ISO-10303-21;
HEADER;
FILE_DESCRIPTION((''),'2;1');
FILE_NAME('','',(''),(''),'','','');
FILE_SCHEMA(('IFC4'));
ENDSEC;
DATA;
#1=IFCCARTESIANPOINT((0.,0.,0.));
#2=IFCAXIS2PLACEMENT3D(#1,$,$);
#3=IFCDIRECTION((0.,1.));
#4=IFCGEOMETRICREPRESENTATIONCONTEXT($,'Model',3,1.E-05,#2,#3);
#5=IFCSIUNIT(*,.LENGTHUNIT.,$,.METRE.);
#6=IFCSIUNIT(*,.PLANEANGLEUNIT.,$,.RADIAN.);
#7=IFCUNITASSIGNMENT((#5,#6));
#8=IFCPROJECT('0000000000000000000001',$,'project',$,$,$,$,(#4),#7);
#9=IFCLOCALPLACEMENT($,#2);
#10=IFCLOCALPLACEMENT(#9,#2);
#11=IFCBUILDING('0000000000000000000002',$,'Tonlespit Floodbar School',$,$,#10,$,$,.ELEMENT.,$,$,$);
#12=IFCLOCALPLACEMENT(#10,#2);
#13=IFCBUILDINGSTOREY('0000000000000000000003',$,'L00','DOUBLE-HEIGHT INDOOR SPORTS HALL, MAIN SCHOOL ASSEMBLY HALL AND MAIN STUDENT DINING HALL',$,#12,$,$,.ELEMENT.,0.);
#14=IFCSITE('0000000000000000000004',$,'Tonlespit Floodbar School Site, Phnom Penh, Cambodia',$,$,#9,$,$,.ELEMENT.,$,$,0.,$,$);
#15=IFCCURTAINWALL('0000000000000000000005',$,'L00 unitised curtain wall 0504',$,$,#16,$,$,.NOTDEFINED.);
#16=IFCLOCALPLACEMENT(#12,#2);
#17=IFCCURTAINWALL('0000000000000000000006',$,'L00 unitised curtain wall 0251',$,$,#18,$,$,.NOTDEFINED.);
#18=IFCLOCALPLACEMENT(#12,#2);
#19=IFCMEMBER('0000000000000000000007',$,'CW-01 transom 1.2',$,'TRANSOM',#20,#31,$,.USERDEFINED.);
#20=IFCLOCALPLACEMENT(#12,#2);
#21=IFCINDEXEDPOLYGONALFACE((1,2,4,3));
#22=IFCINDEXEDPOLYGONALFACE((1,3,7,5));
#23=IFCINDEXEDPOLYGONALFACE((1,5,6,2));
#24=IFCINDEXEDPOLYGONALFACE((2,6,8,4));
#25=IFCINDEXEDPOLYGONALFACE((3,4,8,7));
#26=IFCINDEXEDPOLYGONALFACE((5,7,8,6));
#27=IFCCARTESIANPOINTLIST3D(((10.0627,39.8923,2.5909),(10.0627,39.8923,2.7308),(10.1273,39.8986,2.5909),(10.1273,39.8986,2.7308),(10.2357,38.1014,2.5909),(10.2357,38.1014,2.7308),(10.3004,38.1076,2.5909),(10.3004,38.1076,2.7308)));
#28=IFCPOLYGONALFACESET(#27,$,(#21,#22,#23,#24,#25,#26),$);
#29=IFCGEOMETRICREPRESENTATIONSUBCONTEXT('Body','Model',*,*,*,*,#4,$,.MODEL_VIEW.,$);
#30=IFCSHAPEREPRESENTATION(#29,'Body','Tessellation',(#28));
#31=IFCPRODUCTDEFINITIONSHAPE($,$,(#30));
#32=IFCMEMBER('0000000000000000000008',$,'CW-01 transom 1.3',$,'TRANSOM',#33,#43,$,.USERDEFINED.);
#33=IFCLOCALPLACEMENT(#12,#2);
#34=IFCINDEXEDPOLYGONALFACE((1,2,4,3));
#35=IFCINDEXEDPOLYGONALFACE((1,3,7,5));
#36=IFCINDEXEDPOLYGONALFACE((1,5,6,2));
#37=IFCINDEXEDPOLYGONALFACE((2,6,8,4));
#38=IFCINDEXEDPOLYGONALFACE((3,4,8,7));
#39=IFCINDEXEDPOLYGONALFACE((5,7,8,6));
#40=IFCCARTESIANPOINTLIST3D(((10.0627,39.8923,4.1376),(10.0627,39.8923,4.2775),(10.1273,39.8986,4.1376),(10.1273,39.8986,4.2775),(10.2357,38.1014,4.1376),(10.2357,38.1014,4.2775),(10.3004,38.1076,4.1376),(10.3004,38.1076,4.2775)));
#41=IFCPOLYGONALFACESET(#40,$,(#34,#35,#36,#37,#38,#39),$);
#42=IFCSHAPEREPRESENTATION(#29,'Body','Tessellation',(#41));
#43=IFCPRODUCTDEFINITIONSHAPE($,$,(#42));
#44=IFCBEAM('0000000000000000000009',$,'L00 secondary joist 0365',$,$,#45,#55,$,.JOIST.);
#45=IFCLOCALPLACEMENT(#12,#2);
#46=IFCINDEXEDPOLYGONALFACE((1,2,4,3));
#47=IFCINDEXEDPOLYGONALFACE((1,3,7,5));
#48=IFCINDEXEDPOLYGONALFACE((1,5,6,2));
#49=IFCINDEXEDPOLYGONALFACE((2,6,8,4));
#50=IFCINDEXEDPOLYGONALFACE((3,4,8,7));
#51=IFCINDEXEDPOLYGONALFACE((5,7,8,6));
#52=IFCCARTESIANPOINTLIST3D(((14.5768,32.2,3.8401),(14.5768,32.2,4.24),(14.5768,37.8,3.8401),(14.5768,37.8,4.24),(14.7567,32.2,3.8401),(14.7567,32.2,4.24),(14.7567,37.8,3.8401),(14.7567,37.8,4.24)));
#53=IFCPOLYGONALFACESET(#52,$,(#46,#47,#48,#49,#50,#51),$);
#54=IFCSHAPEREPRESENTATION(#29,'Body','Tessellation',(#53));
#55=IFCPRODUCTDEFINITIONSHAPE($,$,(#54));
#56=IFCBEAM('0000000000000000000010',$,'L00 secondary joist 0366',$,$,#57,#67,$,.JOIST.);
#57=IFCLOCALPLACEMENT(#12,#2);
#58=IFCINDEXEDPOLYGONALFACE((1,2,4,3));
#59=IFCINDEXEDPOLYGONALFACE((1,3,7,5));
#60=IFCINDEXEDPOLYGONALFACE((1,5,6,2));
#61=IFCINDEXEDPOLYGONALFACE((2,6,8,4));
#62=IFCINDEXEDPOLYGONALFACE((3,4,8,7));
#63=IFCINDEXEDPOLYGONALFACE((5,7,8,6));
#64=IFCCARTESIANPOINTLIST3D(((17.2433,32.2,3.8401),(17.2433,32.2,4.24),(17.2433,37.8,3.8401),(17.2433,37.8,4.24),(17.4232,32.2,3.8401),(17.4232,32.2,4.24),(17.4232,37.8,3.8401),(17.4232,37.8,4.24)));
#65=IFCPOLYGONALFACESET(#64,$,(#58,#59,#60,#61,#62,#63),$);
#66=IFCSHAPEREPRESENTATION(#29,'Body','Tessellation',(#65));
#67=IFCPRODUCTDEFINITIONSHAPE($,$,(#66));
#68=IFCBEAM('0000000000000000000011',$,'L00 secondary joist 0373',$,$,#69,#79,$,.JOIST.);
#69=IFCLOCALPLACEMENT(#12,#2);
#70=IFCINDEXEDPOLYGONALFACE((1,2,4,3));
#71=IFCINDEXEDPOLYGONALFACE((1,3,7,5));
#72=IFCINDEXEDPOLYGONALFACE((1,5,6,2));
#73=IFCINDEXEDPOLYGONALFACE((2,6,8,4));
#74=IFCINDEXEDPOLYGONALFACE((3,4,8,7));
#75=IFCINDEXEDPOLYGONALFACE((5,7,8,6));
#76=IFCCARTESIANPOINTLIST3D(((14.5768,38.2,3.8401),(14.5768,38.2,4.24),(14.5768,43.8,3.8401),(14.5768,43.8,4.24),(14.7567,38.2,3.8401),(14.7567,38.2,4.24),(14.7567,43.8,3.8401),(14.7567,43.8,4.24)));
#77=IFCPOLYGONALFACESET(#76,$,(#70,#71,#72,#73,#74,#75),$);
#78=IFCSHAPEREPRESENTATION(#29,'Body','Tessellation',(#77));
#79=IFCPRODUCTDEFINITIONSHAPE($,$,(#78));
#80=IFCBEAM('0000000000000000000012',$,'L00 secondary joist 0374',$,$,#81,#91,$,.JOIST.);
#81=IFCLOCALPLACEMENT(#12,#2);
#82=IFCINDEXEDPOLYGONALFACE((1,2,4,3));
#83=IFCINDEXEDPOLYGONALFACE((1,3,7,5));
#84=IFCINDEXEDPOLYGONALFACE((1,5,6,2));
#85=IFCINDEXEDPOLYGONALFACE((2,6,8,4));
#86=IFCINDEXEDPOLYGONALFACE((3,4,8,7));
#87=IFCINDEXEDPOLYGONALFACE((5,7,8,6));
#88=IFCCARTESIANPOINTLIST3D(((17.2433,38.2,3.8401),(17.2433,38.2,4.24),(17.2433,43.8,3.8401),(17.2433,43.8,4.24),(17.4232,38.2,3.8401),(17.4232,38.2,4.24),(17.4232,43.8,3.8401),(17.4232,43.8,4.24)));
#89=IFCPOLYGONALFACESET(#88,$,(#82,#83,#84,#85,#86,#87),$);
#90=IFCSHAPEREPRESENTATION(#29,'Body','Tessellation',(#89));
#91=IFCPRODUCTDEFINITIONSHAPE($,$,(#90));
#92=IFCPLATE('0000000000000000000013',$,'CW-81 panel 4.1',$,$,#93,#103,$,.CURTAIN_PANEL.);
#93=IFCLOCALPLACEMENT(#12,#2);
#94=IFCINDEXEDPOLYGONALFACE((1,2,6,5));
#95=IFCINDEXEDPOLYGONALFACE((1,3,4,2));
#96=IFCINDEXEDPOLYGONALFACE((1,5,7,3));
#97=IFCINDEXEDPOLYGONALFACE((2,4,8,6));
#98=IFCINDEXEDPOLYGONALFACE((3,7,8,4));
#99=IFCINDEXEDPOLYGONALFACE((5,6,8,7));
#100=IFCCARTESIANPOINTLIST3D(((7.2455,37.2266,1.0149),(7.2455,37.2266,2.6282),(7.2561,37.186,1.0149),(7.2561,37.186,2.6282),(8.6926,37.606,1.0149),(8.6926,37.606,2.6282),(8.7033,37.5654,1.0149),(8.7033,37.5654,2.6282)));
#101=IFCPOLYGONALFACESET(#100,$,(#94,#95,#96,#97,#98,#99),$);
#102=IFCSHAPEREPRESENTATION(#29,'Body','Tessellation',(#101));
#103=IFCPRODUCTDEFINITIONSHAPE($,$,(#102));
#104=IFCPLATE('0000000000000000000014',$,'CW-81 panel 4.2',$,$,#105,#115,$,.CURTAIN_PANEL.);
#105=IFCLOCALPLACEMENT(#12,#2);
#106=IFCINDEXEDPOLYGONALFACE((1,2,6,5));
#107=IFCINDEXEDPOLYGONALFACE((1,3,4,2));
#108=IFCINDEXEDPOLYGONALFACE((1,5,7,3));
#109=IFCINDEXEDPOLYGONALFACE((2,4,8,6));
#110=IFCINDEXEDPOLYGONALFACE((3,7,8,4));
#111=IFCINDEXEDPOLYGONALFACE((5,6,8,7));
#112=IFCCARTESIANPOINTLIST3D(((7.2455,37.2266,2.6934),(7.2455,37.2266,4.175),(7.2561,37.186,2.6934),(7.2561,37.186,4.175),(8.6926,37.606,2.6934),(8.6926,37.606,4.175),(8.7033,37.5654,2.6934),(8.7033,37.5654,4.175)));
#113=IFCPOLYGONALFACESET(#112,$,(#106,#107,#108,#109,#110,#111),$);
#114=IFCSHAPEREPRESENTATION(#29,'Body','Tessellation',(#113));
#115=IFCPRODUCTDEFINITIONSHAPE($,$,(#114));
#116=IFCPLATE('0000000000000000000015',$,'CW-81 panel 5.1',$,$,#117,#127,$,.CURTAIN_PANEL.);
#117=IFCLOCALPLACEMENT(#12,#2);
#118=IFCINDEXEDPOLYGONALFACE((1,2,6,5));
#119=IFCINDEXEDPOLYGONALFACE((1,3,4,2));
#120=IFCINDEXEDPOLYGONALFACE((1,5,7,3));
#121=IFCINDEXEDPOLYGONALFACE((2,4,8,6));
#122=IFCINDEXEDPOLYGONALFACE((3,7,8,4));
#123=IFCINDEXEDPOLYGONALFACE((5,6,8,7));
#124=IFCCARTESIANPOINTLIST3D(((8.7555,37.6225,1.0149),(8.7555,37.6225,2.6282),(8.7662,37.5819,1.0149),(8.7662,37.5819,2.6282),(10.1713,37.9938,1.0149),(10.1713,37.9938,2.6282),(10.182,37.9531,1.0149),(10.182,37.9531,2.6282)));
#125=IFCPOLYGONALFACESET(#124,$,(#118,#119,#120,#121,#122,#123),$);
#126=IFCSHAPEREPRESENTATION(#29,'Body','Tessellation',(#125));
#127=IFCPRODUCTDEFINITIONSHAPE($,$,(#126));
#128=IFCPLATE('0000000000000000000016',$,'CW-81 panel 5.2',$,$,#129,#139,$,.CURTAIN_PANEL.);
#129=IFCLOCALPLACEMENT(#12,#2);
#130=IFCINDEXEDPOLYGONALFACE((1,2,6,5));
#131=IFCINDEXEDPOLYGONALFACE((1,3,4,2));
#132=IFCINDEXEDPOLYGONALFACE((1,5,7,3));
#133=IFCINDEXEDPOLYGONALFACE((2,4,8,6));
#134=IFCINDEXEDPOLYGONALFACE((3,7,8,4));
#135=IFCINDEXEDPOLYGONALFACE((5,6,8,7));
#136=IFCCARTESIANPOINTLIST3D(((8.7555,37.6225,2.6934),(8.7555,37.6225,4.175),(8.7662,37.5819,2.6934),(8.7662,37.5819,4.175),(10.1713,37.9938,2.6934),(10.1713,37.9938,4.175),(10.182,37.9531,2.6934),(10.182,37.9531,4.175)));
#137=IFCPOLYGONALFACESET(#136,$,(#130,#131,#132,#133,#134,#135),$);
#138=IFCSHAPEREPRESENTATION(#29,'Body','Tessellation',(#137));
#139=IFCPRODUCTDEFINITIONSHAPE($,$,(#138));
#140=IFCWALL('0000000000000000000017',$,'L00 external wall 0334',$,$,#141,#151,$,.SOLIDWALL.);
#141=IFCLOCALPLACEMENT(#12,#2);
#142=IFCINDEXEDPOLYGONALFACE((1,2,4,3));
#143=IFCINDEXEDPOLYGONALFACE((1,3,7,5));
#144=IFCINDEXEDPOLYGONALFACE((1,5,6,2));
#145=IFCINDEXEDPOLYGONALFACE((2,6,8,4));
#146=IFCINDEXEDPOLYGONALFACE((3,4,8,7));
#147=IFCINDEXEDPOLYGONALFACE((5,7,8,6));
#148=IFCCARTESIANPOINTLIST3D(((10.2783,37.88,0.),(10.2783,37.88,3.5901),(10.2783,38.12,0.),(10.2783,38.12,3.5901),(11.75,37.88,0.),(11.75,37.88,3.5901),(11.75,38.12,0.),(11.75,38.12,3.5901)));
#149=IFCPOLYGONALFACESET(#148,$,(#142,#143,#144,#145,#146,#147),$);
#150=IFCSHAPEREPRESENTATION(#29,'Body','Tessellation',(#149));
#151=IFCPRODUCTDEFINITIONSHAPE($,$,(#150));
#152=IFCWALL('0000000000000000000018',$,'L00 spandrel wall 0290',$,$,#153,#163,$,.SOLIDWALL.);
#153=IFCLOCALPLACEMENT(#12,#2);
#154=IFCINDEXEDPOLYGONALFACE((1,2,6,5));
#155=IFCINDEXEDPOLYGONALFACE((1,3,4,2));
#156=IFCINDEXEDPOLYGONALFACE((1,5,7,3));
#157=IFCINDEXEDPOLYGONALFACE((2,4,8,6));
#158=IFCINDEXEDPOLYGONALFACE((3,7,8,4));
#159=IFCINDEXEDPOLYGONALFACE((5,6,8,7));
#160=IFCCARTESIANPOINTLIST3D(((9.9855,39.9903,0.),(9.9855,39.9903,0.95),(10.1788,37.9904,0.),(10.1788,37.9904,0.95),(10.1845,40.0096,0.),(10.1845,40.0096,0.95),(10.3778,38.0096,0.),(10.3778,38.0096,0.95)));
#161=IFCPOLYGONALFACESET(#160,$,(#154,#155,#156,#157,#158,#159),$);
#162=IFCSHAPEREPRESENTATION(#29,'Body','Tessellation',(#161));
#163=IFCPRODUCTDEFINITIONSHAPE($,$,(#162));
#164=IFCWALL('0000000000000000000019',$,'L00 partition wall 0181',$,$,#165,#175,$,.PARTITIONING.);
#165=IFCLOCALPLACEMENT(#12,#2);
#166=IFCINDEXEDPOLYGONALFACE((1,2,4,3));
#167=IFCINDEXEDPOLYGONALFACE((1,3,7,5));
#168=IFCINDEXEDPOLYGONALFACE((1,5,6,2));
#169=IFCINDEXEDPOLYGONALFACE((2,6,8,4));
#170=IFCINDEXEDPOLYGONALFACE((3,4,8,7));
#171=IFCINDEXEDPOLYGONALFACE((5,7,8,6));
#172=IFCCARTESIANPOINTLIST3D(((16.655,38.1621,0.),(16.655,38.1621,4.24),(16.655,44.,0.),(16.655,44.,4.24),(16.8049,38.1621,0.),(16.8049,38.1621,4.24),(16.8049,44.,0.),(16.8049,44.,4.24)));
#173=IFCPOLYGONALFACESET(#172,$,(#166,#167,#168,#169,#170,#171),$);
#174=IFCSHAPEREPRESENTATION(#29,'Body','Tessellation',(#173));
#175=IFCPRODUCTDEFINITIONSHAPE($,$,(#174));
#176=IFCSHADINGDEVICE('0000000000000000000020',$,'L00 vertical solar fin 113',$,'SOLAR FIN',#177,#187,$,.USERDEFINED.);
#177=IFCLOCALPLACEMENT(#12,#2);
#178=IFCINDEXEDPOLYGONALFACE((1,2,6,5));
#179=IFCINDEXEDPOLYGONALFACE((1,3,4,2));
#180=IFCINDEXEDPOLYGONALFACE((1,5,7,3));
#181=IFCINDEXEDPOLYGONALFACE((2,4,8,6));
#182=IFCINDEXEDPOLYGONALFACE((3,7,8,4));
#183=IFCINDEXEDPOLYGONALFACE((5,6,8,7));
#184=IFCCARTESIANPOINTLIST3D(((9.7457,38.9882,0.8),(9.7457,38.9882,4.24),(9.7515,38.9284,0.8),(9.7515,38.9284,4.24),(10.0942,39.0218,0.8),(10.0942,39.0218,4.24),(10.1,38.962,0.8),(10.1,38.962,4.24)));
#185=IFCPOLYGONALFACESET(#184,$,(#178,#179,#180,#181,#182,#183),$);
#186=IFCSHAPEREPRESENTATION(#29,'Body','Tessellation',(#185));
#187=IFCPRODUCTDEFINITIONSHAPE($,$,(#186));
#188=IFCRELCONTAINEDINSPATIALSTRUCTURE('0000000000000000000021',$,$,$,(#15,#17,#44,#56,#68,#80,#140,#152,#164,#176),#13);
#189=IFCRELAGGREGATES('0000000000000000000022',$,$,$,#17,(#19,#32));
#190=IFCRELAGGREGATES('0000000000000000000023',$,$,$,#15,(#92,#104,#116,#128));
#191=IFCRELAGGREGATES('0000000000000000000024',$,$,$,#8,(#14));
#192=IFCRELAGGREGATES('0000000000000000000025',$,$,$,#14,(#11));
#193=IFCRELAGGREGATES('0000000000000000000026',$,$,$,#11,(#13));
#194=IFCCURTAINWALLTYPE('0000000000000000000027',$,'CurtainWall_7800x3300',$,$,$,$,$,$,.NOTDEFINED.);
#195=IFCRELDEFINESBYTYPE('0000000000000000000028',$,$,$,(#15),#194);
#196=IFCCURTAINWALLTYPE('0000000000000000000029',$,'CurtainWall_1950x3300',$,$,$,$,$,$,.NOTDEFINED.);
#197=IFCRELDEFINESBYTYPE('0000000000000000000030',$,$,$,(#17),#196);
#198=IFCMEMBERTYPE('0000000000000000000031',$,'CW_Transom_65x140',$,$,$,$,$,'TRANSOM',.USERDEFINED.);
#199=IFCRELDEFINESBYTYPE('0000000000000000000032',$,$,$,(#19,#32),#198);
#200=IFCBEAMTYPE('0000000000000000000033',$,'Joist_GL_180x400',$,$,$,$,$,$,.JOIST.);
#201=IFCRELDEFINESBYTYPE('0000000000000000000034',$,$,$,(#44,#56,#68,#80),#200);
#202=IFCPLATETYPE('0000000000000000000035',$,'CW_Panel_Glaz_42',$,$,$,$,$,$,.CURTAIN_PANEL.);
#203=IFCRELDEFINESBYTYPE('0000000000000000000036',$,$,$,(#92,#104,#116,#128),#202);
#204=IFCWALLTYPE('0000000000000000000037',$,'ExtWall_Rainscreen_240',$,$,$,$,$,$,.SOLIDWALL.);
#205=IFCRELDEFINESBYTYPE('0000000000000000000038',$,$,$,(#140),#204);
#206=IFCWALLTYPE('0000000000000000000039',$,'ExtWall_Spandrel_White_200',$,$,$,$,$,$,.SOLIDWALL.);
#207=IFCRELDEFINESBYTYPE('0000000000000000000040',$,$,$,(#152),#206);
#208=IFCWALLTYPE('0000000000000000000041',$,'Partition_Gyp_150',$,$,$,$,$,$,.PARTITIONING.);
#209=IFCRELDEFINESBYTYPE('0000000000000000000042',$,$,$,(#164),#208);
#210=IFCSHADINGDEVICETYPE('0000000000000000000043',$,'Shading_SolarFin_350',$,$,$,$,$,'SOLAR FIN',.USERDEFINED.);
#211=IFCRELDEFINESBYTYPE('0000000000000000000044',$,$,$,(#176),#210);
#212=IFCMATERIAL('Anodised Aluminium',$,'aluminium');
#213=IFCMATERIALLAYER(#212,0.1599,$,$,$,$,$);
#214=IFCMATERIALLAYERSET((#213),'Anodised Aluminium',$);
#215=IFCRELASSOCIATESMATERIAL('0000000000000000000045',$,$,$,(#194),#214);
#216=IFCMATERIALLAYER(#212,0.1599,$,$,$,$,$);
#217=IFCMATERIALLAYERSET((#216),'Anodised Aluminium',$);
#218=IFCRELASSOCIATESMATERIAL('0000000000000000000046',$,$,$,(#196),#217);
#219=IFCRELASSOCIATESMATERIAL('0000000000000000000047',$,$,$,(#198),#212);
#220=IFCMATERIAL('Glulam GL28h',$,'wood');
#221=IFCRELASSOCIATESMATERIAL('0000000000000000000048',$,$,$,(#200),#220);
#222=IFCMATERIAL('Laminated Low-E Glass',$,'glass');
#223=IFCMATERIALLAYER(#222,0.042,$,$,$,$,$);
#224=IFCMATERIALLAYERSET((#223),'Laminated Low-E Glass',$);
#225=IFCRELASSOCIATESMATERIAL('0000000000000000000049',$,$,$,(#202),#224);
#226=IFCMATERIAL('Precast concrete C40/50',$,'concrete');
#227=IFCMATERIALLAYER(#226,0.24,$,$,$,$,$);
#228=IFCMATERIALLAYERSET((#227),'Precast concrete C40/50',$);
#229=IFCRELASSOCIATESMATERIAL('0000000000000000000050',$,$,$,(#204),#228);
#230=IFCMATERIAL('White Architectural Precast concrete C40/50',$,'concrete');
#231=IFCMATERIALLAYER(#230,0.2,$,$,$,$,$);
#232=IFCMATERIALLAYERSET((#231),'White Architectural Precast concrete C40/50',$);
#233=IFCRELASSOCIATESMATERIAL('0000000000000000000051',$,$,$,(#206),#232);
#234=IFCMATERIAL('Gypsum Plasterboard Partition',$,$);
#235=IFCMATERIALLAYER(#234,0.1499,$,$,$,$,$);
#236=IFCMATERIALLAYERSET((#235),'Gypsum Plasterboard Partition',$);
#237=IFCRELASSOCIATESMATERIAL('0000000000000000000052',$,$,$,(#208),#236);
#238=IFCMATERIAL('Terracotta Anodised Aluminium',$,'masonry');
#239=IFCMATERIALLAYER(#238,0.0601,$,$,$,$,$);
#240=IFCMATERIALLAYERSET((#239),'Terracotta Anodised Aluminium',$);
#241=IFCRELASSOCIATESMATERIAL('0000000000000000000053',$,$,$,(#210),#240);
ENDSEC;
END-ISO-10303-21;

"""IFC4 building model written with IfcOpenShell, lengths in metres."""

from ifc_helpers import new_model, si_unit, direction, frame, frame_2d, origin, origin_2d, place, context, subcontext, project, spatial, rectangle, extrude, material, layer, layer_set, material_profile, profile_set, type_object, element, aggregate, save


model = new_model("IFC4")

# Units and contexts
model_context = context("Model", 3, precision=1e-05, world=origin(), true_north=direction((0.0, 1.0)))
body_context = subcontext(model_context, "Body", "Model", "MODEL_VIEW")
ifc_project = project(units=[si_unit("LENGTHUNIT", "METRE"), si_unit("PLANEANGLEUNIT", "RADIAN")], contexts=[model_context])

# Site, building, storey
site_placement = place(None, origin())
site = spatial("IfcSite", under=ifc_project, at=site_placement, Name="Tonlespit Floodbar School Site, Phnom Penh, Cambodia", CompositionType="ELEMENT", RefElevation=0.0)
building_placement = place(site_placement, origin())
building = spatial("IfcBuilding", under=site, at=building_placement, Name="Tonlespit Floodbar School", CompositionType="ELEMENT")
storey_placement = place(building_placement, origin())
storey = spatial("IfcBuildingStorey", under=building, at=storey_placement, Name="L00", Description="DOUBLE-HEIGHT INDOOR SPORTS HALL, MAIN SCHOOL ASSEMBLY HALL AND MAIN STUDENT DINING HALL", CompositionType="ELEMENT", Elevation=0.0)

# Curtain wall
ifc_material_1 = material(Name="Anodised Aluminium", Category="aluminium")
ifc_layer_1 = layer(ifc_material_1, 0.1599)
ifc_layer_set_1 = layer_set([ifc_layer_1], Name="Anodised Aluminium")
curtain_wall_type_1 = type_object("IfcCurtainWallType", Name="CurtainWall_7800x3300", PredefinedType="NOTDEFINED", material=ifc_layer_set_1)
curtain_wall_1_placement = place(storey_placement, origin())
curtain_wall_1 = element("IfcCurtainWall", 1, at=curtain_wall_1_placement, inside=storey, type_object=curtain_wall_type_1, Name="L00 unitised curtain wall 0504", PredefinedType="NOTDEFINED")

# Curtain wall
ifc_layer_2 = layer(ifc_material_1, 0.1599)
ifc_layer_set_2 = layer_set([ifc_layer_2], Name="Anodised Aluminium")
curtain_wall_type_2 = type_object("IfcCurtainWallType", Name="CurtainWall_1950x3300", PredefinedType="NOTDEFINED", material=ifc_layer_set_2)
curtain_wall_2_placement = place(storey_placement, origin())
curtain_wall_2 = element("IfcCurtainWall", 2, at=curtain_wall_2_placement, inside=storey, type_object=curtain_wall_type_2, Name="L00 unitised curtain wall 0251", PredefinedType="NOTDEFINED")

# Members
ifc_material_profile_1 = material_profile(ifc_material_1, rectangle(XDim=0.0649, YDim=0.1399, at=origin_2d()), Name="ALU T65x140")
ifc_profile_set_1 = profile_set([ifc_material_profile_1], Name="Anodised Aluminium")
member_type_1 = type_object("IfcMemberType", Name="CW_Transom_65x140", ElementType="TRANSOM", PredefinedType="USERDEFINED", material=ifc_profile_set_1)
member_1_placement = place(storey_placement, frame((10.2681, 38.1045, 2.6609), z_axis=(-0.096198, 0.995362, 0.0), x_axis=(-0.995362, -0.096198, 0.0)))
member_1 = element("IfcMember", 3, at=member_1_placement, type_object=member_type_1, Name="CW-01 transom 1.2", ObjectType="TRANSOM", PredefinedType="USERDEFINED", context=body_context, shape_type="SweptSolid", body=[
    extrude(rectangle(XDim=0.0649, YDim=0.1399, at=origin_2d()), origin(), (0.0, 0.0, 1.0), 1.7993),
])
member_2_placement = place(storey_placement, frame((10.2681, 38.1045, 4.2075), z_axis=(-0.096198, 0.995362, 0.0), x_axis=(-0.995362, -0.096198, 0.0)))
member_2 = element("IfcMember", 4, at=member_2_placement, type_object=member_type_1, Name="CW-01 transom 1.3", ObjectType="TRANSOM", PredefinedType="USERDEFINED", context=body_context, shape_type="SweptSolid", body=[
    extrude(rectangle(XDim=0.0649, YDim=0.1399, at=origin_2d()), origin(), (0.0, 0.0, 1.0), 1.7993),
])
aggregate(curtain_wall_2, [member_1, member_2])

# Beams
ifc_material_2 = material(Name="Glulam GL28h", Category="wood")
ifc_material_profile_2 = material_profile(ifc_material_2, rectangle(XDim=0.1799, YDim=0.3999, at=origin_2d()), Name="GL 180x400")
ifc_profile_set_2 = profile_set([ifc_material_profile_2], Name="Glulam GL28h")
beam_type_1 = type_object("IfcBeamType", Name="Joist_GL_180x400", PredefinedType="JOIST", material=ifc_profile_set_2)
for number, where, z_axis, x_axis, name in (
    (5, (14.6667, 32.2, 4.04), (0.0, 1.0, 0.0), (-1.0, 0.0, 0.0), "L00 secondary joist 0365"),
    (6, (17.3333, 32.2, 4.04), (0.0, 1.0, 0.0), (-1.0, 0.0, 0.0), "L00 secondary joist 0366"),
    (7, (14.6667, 38.2, 4.04), (0.0, 1.0, 0.0), (-1.0, 0.0, 0.0), "L00 secondary joist 0373"),
    (8, (17.3333, 38.2, 4.04), (0.0, 1.0, 0.0), (-1.0, 0.0, 0.0), "L00 secondary joist 0374"),
):
    element("IfcBeam", number, at=place(storey_placement, frame(where, z_axis=z_axis, x_axis=x_axis)), inside=storey, type_object=beam_type_1, Name=name, PredefinedType="JOIST", context=body_context, shape_type="SweptSolid", body=[
        extrude(rectangle(XDim=0.1799, YDim=0.3999, at=origin_2d()), origin(), (0.0, 0.0, 1.0), 5.6001),
    ])

# Plates
ifc_material_3 = material(Name="Laminated Low-E Glass", Category="glass")
ifc_layer_3 = layer(ifc_material_3, 0.042)
ifc_layer_set_3 = layer_set([ifc_layer_3], Name="Laminated Low-E Glass")
plate_type = type_object("IfcPlateType", Name="CW_Panel_Glaz_42", PredefinedType="CURTAIN_PANEL", material=ifc_layer_set_3)
plate_1_placement = place(storey_placement, frame((7.9744, 37.396, 1.0149), z_axis=(0.0, 0.0, 1.0), x_axis=(0.967303, 0.253624, 0.0)))
plate_1 = element("IfcPlate", 9, at=plate_1_placement, type_object=plate_type, Name="CW-81 panel 4.1", PredefinedType="CURTAIN_PANEL", context=body_context, shape_type="SweptSolid", body=[
    extrude(rectangle(XDim=1.4961, YDim=0.042, at=origin_2d()), origin(), (0.0, 0.0, 1.0), 1.6133),
])
plate_2_placement = place(storey_placement, frame((7.9744, 37.396, 2.6934), z_axis=(0.0, 0.0, 1.0), x_axis=(0.967303, 0.253624, 0.0)))
plate_2 = element("IfcPlate", 10, at=plate_2_placement, type_object=plate_type, Name="CW-81 panel 4.2", PredefinedType="CURTAIN_PANEL", context=body_context, shape_type="SweptSolid", body=[
    extrude(rectangle(XDim=1.4961, YDim=0.042, at=origin_2d()), origin(), (0.0, 0.0, 1.0), 1.4817),
])
plate_3_placement = place(storey_placement, frame((9.4688, 37.7878, 1.0149), z_axis=(0.0, 0.0, 1.0), x_axis=(0.967303, 0.253624, 0.0)))
plate_3 = element("IfcPlate", 11, at=plate_3_placement, type_object=plate_type, Name="CW-81 panel 5.1", PredefinedType="CURTAIN_PANEL", context=body_context, shape_type="SweptSolid", body=[
    extrude(rectangle(XDim=1.4636, YDim=0.042, at=origin_2d()), origin(), (0.0, 0.0, 1.0), 1.6133),
])
plate_4_placement = place(storey_placement, frame((9.4688, 37.7878, 2.6934), z_axis=(0.0, 0.0, 1.0), x_axis=(0.967303, 0.253624, 0.0)))
plate_4 = element("IfcPlate", 12, at=plate_4_placement, type_object=plate_type, Name="CW-81 panel 5.2", PredefinedType="CURTAIN_PANEL", context=body_context, shape_type="SweptSolid", body=[
    extrude(rectangle(XDim=1.4636, YDim=0.042, at=origin_2d()), origin(), (0.0, 0.0, 1.0), 1.4817),
])
aggregate(curtain_wall_1, [plate_1, plate_2, plate_3, plate_4])

# Walls
ifc_material_4 = material(Name="Precast concrete C40/50", Category="concrete")
ifc_layer_4 = layer(ifc_material_4, 0.24)
ifc_layer_set_4 = layer_set([ifc_layer_4], Name="Precast concrete C40/50")
wall_type_1 = type_object("IfcWallType", Name="ExtWall_Rainscreen_240", PredefinedType="SOLIDWALL", material=ifc_layer_set_4)
wall_1_placement = place(storey_placement, frame((11.75, 38.0, 0.0), z_axis=(0.0, 0.0, 1.0), x_axis=(-1.0, 0.0, 0.0)))
element("IfcWall", 13, at=wall_1_placement, inside=storey, type_object=wall_type_1, Name="L00 external wall 0334", PredefinedType="SOLIDWALL", context=body_context, shape_type="SweptSolid", body=[
    extrude(rectangle(XDim=1.4717, YDim=0.24, at=frame_2d((0.7358, 0.0))), origin(), (0.0, 0.0, 1.0), 3.5901),
])
ifc_material_5 = material(Name="White Architectural Precast concrete C40/50", Category="concrete")
ifc_layer_5 = layer(ifc_material_5, 0.2)
ifc_layer_set_5 = layer_set([ifc_layer_5], Name="White Architectural Precast concrete C40/50")
wall_type_2 = type_object("IfcWallType", Name="ExtWall_Spandrel_White_200", PredefinedType="SOLIDWALL", material=ifc_layer_set_5)
wall_2_placement = place(storey_placement, frame((10.2783, 38.0, 0.0), z_axis=(0.0, 0.0, 1.0), x_axis=(-0.096231, 0.995359, 0.0)))
element("IfcWall", 14, at=wall_2_placement, inside=storey, type_object=wall_type_2, Name="L00 spandrel wall 0290", PredefinedType="SOLIDWALL", context=body_context, shape_type="SweptSolid", body=[
    extrude(rectangle(XDim=2.0093, YDim=0.2, at=frame_2d((1.0046, 0.0))), origin(), (0.0, 0.0, 1.0), 0.95),
])
ifc_material_6 = material(Name="Gypsum Plasterboard Partition")
ifc_layer_6 = layer(ifc_material_6, 0.1499)
ifc_layer_set_6 = layer_set([ifc_layer_6], Name="Gypsum Plasterboard Partition")
wall_type_3 = type_object("IfcWallType", Name="Partition_Gyp_150", PredefinedType="PARTITIONING", material=ifc_layer_set_6)
wall_3_placement = place(storey_placement, frame((16.73, 38.1621, 0.0), z_axis=(0.0, 0.0, 1.0), x_axis=(0.0, 1.0, 0.0)))
element("IfcWall", 15, at=wall_3_placement, inside=storey, type_object=wall_type_3, Name="L00 partition wall 0181", PredefinedType="PARTITIONING", context=body_context, shape_type="SweptSolid", body=[
    extrude(rectangle(XDim=5.8379, YDim=0.1499, at=frame_2d((2.9189, 0.0))), origin(), (0.0, 0.0, 1.0), 4.24),
])

# Shading device
ifc_material_7 = material(Name="Terracotta Anodised Aluminium", Category="masonry")
ifc_layer_7 = layer(ifc_material_7, 0.0601)
ifc_layer_set_7 = layer_set([ifc_layer_7], Name="Terracotta Anodised Aluminium")
shading_device_type = type_object("IfcShadingDeviceType", Name="Shading_SolarFin_350", ElementType="SOLAR FIN", PredefinedType="USERDEFINED", material=ifc_layer_set_7)
shading_device_placement = place(storey_placement, frame((9.9229, 38.9751, 0.8), z_axis=(0.0, 0.0, 1.0), x_axis=(-0.096153, 0.995367, 0.0)))
element("IfcShadingDevice", 16, at=shading_device_placement, inside=storey, type_object=shading_device_type, Name="L00 vertical solar fin 113", ObjectType="SOLAR FIN", PredefinedType="USERDEFINED", context=body_context, shape_type="SweptSolid", body=[
    extrude(rectangle(XDim=0.0601, YDim=0.3501, at=origin_2d()), origin(), (0.0, 0.0, 1.0), 3.4399),
])

save(model, "model.ifc")
